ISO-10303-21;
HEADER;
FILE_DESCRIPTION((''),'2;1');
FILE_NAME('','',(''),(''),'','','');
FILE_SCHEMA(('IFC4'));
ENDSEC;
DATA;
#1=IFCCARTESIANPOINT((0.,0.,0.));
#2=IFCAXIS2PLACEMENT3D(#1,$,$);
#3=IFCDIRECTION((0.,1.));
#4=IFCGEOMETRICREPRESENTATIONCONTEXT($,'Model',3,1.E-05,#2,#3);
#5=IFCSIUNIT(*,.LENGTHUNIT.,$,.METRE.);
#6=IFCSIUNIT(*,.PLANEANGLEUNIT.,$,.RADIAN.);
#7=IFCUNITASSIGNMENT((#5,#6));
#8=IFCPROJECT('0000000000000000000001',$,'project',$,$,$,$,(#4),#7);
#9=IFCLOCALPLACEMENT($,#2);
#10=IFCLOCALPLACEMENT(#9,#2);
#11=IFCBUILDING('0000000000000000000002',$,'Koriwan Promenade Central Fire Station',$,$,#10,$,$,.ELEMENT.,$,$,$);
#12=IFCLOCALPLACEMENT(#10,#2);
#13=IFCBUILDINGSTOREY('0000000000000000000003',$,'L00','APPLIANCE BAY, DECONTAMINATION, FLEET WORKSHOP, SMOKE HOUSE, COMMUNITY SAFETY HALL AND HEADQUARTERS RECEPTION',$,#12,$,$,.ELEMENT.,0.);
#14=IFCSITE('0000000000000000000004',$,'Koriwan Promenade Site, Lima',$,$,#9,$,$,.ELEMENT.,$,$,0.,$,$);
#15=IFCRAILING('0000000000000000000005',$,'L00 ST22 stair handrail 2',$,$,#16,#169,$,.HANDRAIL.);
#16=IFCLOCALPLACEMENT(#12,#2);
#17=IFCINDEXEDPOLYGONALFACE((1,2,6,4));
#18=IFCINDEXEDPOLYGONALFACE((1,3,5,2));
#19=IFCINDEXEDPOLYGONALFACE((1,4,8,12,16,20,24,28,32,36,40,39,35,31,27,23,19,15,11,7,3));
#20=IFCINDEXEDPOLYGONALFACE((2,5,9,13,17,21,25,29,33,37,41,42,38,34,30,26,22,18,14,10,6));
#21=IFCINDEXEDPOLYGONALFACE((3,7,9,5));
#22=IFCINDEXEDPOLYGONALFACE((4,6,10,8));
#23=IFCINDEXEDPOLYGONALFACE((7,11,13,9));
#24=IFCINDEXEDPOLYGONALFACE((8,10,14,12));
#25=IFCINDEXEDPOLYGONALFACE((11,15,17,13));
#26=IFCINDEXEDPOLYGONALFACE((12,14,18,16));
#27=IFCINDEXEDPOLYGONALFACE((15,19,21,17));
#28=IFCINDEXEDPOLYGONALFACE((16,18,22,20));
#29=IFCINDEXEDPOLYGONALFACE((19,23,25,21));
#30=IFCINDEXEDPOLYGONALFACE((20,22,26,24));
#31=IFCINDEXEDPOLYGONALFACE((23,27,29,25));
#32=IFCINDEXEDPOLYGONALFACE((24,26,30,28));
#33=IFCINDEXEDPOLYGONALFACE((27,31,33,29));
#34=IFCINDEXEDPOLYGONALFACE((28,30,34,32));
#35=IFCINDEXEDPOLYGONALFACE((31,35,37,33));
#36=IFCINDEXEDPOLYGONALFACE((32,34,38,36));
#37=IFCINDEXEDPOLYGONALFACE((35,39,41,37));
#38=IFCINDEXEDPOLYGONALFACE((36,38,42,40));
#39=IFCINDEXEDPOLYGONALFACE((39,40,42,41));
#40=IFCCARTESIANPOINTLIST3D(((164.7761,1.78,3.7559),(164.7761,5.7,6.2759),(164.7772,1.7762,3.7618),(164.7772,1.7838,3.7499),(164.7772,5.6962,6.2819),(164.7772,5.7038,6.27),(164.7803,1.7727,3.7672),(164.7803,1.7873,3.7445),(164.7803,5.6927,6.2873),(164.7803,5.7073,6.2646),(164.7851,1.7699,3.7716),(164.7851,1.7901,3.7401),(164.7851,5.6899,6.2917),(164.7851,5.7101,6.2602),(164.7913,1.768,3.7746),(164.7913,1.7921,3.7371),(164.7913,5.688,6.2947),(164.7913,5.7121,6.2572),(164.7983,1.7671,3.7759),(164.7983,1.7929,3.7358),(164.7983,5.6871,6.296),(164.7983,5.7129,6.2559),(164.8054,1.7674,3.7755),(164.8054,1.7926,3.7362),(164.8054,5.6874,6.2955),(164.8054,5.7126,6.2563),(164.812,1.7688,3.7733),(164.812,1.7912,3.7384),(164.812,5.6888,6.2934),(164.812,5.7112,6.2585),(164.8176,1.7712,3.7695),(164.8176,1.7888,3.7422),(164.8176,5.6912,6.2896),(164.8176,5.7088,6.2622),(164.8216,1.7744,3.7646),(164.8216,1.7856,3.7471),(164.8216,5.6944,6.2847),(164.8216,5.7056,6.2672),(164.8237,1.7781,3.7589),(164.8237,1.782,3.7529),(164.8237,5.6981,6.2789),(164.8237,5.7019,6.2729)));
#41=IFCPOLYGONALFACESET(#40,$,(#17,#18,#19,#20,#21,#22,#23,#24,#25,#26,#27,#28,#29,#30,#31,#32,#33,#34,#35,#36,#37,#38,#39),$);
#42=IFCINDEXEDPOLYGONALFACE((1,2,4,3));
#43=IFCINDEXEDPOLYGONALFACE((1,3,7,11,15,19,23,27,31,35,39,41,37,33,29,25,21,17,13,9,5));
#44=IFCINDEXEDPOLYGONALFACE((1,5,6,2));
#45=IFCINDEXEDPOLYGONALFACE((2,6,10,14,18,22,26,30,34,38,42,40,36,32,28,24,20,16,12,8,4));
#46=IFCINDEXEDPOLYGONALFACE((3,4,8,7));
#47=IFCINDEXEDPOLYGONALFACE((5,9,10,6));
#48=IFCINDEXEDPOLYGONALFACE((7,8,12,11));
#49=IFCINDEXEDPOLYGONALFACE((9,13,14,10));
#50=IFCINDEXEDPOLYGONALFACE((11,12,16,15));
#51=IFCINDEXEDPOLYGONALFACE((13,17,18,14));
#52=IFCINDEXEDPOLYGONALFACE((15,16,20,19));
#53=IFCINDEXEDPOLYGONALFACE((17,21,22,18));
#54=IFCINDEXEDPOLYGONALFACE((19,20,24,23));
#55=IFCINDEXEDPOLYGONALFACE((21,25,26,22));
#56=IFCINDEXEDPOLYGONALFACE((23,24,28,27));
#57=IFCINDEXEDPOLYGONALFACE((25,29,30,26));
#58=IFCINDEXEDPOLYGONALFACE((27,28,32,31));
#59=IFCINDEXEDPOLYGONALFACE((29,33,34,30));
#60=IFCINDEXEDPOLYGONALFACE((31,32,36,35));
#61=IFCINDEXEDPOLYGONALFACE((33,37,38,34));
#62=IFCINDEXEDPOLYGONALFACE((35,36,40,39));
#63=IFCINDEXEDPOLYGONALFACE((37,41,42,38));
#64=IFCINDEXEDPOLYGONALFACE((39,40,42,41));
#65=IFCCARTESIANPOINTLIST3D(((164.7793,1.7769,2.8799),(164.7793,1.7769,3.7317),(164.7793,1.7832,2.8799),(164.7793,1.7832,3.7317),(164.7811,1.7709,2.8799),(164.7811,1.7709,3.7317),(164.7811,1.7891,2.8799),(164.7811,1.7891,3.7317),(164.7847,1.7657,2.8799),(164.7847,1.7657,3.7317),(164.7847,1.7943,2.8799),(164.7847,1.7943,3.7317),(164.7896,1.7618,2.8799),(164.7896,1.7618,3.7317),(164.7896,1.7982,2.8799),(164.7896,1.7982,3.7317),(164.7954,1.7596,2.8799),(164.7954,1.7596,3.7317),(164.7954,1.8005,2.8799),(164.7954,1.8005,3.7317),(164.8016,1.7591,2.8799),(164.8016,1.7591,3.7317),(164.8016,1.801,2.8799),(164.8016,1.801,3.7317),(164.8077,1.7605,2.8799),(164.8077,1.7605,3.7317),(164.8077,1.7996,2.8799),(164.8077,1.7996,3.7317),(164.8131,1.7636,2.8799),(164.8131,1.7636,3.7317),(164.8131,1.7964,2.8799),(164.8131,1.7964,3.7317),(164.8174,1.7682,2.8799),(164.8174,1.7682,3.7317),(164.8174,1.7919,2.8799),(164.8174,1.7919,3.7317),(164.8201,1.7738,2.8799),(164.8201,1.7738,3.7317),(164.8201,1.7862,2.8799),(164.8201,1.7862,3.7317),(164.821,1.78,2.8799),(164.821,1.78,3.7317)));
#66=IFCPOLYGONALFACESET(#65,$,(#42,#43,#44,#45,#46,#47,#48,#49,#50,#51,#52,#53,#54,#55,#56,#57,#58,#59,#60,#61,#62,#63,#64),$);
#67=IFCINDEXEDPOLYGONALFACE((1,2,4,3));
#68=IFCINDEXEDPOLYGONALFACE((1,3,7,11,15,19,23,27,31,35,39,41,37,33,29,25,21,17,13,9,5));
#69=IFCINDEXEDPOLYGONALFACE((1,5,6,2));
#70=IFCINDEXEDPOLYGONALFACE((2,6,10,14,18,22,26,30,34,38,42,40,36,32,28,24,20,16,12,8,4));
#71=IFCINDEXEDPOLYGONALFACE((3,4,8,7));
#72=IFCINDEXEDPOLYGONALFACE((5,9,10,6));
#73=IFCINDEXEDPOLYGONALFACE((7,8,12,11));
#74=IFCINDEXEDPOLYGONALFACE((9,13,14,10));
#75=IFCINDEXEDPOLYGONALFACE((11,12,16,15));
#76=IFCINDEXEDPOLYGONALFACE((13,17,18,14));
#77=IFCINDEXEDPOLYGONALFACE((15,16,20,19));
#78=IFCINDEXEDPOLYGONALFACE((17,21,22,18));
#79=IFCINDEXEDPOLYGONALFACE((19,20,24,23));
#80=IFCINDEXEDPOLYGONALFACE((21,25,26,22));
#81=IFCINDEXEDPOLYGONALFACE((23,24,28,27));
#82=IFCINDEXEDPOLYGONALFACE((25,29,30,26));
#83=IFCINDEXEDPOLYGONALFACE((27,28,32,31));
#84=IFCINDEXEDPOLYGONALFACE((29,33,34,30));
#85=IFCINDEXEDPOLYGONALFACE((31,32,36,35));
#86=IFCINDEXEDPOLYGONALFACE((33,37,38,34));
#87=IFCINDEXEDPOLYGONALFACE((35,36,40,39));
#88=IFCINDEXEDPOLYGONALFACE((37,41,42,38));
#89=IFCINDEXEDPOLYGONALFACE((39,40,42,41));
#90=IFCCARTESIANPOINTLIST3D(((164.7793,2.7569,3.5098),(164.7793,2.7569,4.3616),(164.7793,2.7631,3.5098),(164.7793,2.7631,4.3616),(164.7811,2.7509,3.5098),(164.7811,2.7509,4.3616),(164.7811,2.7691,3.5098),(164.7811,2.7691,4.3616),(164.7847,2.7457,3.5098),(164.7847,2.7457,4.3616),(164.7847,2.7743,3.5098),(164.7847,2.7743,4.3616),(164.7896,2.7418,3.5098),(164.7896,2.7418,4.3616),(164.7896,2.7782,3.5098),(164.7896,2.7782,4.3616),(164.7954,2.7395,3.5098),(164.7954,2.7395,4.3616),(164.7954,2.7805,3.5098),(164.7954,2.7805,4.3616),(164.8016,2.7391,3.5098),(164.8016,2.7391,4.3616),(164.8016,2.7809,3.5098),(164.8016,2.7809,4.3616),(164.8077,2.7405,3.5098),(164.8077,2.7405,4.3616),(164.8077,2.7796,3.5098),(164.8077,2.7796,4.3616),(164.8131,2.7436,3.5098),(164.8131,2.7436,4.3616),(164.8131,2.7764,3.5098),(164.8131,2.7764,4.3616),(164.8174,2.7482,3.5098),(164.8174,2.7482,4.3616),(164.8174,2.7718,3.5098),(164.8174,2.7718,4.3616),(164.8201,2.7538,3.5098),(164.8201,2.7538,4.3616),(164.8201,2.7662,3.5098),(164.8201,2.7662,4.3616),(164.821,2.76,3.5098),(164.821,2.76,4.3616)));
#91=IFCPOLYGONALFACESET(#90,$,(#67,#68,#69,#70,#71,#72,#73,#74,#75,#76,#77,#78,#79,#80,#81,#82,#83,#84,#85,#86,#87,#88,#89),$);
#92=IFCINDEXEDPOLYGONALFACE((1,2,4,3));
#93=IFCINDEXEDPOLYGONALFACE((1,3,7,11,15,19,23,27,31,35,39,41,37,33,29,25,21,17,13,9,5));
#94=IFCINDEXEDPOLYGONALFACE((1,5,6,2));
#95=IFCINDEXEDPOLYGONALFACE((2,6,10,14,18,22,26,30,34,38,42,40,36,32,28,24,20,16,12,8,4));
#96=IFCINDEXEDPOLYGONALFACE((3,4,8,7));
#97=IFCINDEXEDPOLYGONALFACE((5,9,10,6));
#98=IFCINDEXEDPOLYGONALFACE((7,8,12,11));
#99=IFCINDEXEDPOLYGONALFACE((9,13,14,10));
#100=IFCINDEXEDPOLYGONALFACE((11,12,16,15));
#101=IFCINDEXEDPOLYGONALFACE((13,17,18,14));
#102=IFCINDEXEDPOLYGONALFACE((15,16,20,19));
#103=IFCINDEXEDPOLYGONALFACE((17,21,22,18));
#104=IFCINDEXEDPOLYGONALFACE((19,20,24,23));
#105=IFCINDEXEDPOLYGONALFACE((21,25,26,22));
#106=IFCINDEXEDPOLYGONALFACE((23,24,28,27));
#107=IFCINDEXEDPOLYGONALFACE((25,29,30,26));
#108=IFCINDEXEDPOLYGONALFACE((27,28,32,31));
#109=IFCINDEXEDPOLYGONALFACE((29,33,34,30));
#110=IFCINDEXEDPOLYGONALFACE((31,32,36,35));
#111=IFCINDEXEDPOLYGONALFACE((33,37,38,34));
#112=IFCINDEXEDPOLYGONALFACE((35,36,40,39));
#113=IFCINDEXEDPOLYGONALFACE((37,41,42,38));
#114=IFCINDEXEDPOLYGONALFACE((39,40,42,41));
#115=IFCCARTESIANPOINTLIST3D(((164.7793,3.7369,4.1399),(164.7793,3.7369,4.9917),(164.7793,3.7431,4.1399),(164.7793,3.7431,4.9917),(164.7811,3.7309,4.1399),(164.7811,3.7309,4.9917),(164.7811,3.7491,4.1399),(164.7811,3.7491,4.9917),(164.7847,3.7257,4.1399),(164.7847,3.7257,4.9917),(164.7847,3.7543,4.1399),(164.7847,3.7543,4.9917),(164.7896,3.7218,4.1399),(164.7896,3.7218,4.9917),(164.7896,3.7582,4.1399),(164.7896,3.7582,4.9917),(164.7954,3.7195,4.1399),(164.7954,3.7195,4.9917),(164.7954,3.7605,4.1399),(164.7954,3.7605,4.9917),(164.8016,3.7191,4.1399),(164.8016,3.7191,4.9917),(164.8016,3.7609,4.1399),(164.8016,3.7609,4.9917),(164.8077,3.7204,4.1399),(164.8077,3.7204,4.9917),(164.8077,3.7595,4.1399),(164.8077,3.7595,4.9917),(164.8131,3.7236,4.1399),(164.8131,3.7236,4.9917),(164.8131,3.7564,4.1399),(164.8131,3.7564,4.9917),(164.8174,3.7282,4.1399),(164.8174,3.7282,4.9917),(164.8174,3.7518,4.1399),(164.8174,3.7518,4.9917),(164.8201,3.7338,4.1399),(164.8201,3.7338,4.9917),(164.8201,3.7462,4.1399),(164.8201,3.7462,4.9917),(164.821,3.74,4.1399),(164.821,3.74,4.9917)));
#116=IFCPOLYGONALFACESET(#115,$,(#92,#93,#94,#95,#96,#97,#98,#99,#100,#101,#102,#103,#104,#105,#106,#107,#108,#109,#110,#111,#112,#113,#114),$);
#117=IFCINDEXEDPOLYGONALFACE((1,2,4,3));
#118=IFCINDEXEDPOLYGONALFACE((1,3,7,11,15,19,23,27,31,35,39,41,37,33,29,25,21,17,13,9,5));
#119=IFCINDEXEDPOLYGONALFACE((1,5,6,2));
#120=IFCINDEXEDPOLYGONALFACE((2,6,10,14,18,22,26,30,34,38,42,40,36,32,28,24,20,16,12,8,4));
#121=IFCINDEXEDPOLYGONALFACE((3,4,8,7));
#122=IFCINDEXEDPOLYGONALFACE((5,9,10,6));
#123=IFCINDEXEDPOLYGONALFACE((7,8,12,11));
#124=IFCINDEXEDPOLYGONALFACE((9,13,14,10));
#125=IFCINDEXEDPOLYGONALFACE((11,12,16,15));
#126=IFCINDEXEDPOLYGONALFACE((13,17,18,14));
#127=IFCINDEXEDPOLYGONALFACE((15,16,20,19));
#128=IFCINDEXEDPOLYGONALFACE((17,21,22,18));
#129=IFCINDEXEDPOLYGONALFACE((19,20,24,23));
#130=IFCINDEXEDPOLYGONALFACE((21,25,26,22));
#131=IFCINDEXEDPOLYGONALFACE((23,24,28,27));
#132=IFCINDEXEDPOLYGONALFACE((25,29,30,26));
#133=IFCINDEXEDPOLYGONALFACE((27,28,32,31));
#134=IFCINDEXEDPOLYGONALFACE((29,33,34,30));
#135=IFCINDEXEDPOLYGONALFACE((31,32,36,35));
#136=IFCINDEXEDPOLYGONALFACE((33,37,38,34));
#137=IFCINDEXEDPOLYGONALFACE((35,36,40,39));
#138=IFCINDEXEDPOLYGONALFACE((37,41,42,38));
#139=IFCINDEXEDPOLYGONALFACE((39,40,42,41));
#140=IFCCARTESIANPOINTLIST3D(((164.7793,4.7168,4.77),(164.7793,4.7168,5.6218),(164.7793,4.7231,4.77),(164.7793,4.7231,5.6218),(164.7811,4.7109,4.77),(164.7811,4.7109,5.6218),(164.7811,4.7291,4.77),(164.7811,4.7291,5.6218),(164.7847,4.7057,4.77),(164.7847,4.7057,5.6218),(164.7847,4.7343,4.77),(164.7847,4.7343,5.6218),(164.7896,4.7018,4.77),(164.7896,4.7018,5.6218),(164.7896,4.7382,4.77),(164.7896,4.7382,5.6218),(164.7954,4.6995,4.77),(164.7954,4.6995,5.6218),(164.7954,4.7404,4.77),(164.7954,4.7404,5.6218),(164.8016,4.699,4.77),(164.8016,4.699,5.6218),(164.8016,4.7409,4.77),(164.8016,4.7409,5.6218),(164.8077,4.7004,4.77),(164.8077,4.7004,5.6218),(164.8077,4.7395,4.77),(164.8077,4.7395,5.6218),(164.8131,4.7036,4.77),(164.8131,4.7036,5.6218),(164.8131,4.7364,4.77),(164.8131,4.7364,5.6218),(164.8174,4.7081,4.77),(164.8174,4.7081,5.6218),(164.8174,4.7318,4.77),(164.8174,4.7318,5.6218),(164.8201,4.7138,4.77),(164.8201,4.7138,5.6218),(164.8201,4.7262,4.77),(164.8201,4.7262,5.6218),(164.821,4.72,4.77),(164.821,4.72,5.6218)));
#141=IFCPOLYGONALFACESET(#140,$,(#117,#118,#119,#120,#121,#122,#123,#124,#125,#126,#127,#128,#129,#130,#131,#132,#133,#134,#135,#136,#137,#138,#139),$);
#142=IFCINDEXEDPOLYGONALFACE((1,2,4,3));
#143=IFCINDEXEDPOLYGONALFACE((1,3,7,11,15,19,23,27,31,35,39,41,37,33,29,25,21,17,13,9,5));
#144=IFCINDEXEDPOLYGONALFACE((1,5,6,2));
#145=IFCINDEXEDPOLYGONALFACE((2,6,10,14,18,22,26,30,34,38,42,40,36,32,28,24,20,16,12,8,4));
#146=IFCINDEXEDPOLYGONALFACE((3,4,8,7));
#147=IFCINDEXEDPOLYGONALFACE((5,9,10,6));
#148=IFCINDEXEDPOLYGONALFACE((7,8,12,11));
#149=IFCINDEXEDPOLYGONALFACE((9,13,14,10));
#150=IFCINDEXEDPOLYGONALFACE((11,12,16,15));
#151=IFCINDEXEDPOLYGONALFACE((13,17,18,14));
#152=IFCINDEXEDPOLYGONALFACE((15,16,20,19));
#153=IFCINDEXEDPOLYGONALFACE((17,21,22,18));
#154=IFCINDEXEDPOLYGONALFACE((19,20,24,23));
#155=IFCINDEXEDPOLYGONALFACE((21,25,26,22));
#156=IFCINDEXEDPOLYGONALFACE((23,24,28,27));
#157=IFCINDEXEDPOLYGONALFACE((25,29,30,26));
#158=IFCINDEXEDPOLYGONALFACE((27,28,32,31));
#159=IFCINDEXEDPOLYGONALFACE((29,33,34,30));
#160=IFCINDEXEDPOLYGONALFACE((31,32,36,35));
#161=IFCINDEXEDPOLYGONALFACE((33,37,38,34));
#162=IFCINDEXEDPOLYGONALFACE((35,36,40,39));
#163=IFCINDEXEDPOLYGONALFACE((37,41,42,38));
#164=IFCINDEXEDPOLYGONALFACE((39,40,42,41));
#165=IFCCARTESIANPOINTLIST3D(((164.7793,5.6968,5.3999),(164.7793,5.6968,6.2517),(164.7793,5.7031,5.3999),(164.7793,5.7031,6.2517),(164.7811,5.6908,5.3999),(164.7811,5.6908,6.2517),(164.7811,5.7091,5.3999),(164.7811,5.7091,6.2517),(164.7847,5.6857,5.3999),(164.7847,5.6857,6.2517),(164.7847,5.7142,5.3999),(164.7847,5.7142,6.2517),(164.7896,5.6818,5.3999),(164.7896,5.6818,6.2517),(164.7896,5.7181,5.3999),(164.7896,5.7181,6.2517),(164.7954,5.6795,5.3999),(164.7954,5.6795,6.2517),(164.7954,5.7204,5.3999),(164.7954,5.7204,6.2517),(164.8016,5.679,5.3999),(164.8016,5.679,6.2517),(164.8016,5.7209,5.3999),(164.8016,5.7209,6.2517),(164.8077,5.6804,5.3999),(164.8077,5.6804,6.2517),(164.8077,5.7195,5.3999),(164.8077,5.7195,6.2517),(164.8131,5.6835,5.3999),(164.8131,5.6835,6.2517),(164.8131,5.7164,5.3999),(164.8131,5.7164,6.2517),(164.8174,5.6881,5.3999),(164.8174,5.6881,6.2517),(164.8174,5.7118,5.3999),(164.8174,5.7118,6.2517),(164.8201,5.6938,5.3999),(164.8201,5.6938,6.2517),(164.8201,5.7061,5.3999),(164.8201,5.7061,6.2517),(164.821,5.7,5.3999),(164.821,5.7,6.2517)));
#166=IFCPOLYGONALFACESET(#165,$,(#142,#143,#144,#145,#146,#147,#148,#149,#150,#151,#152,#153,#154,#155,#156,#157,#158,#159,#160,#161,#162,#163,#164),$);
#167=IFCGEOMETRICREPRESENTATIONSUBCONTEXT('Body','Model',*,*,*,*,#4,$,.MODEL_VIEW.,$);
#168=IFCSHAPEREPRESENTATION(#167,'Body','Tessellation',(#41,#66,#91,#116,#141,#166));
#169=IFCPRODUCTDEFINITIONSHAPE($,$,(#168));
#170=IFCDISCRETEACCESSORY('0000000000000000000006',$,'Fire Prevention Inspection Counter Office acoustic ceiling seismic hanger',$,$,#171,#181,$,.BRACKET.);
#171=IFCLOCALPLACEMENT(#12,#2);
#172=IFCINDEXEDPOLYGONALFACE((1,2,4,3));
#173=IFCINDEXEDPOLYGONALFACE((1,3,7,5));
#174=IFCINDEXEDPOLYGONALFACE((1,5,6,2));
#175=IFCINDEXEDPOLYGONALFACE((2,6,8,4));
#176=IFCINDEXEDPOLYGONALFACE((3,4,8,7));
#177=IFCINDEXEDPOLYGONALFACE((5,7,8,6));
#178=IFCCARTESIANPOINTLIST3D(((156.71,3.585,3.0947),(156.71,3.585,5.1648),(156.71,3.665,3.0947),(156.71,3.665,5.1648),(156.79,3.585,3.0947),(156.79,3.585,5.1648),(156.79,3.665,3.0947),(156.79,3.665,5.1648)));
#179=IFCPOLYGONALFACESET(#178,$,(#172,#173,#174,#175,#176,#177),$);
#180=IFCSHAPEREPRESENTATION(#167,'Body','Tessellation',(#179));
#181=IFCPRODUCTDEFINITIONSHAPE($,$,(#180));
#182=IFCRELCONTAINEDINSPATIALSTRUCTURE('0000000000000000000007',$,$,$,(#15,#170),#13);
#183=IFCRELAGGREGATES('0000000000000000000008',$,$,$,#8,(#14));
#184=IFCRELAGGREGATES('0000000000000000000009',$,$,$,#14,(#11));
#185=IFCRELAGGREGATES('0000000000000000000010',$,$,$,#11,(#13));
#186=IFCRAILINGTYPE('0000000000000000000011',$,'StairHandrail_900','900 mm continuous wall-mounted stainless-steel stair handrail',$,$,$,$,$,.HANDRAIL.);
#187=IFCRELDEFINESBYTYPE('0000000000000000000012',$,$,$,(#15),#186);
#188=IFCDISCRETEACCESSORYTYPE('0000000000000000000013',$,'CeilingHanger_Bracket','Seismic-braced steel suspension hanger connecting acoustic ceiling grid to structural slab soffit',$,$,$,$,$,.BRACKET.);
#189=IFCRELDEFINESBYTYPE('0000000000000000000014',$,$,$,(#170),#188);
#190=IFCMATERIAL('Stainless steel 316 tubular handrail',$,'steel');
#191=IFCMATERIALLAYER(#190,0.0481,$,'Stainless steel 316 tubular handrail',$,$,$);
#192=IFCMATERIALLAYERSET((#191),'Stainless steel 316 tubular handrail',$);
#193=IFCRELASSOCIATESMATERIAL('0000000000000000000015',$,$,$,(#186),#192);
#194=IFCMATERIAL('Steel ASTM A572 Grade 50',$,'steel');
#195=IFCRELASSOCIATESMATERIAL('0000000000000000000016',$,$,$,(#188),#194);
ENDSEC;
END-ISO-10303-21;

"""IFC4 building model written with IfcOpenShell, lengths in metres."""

from ifc_helpers import new_model, si_unit, direction, frame, origin, origin_2d, place, context, subcontext, project, spatial, rectangle, circle, extrude, material, layer, layer_set, type_object, element, save


model = new_model("IFC4")

# Units and contexts
model_context = context("Model", 3, precision=1e-05, world=origin(), true_north=direction((0.0, 1.0)))
body_context = subcontext(model_context, "Body", "Model", "MODEL_VIEW")
ifc_project = project(units=[si_unit("LENGTHUNIT", "METRE"), si_unit("PLANEANGLEUNIT", "RADIAN")], contexts=[model_context])

# Site, building, storey
site_placement = place(None, origin())
site = spatial("IfcSite", under=ifc_project, at=site_placement, Name="Koriwan Promenade Site, Lima", CompositionType="ELEMENT", RefElevation=0.0)
building_placement = place(site_placement, origin())
building = spatial("IfcBuilding", under=site, at=building_placement, Name="Koriwan Promenade Central Fire Station", CompositionType="ELEMENT")
storey_placement = place(building_placement, origin())
storey = spatial("IfcBuildingStorey", under=building, at=storey_placement, Name="L00", Description="APPLIANCE BAY, DECONTAMINATION, FLEET WORKSHOP, SMOKE HOUSE, COMMUNITY SAFETY HALL AND HEADQUARTERS RECEPTION", CompositionType="ELEMENT", Elevation=0.0)

# Railing
ifc_material_1 = material(Name="Stainless steel 316 tubular handrail", Category="steel")
ifc_layer_1 = layer(ifc_material_1, 0.0481, Name="Stainless steel 316 tubular handrail")
ifc_layer_set_1 = layer_set([ifc_layer_1], Name="Stainless steel 316 tubular handrail")
railing_type_1 = type_object("IfcRailingType", Name="StairHandrail_900", Description="900 mm continuous wall-mounted stainless-steel stair handrail", PredefinedType="HANDRAIL", material=ifc_layer_set_1)
railing_1_placement = place(storey_placement, frame((164.8, 1.78, 2.8799)))
element("IfcRailing", 1, at=railing_1_placement, inside=storey, type_object=railing_type_1, Name="L00 ST22 stair handrail 2", PredefinedType="HANDRAIL", context=body_context, shape_type="SweptSolid", body=[
    extrude(circle(Radius=0.0239, at=origin_2d()), frame((0.0, 0.0, 0.876), z_axis=(0.0, 0.841172, 0.540768), x_axis=(-1.0, 0.0, 0.0)), (0.0, 0.0, 1.0), 4.6602),
    extrude(circle(Radius=0.021, at=origin_2d()), origin(), (0.0, 0.0, 1.0), 0.8518),
    extrude(circle(Radius=0.021, at=origin_2d()), frame((0.0, 0.98, 0.6299)), (0.0, 0.0, 1.0), 0.8518),
    extrude(circle(Radius=0.021, at=origin_2d()), frame((0.0, 1.96, 1.26)), (0.0, 0.0, 1.0), 0.8518),
    extrude(circle(Radius=0.021, at=origin_2d()), frame((0.0, 2.9399, 1.8901)), (0.0, 0.0, 1.0), 0.8518),
    extrude(circle(Radius=0.021, at=origin_2d()), frame((0.0, 3.9199, 2.52)), (0.0, 0.0, 1.0), 0.8518),
])

# Discrete accessory
ifc_material_2 = material(Name="Steel ASTM A572 Grade 50", Category="steel")
discrete_accessory_type = type_object("IfcDiscreteAccessoryType", Name="CeilingHanger_Bracket", Description="Seismic-braced steel suspension hanger connecting acoustic ceiling grid to structural slab soffit", PredefinedType="BRACKET", material=ifc_material_2)
discrete_accessory_placement = place(storey_placement, frame((156.75, 3.625, 3.0947), z_axis=(0.0, 0.0, 1.0), x_axis=(1.0, 0.0, 0.0)))
element("IfcDiscreteAccessory", 2, at=discrete_accessory_placement, inside=storey, type_object=discrete_accessory_type, Name="Fire Prevention Inspection Counter Office acoustic ceiling seismic hanger", PredefinedType="BRACKET", context=body_context, shape_type="SweptSolid", body=[
    extrude(rectangle(XDim=0.0801, YDim=0.0801, at=origin_2d()), origin(), (0.0, 0.0, 1.0), 2.0701),
])

save(model, "model.ifc")
